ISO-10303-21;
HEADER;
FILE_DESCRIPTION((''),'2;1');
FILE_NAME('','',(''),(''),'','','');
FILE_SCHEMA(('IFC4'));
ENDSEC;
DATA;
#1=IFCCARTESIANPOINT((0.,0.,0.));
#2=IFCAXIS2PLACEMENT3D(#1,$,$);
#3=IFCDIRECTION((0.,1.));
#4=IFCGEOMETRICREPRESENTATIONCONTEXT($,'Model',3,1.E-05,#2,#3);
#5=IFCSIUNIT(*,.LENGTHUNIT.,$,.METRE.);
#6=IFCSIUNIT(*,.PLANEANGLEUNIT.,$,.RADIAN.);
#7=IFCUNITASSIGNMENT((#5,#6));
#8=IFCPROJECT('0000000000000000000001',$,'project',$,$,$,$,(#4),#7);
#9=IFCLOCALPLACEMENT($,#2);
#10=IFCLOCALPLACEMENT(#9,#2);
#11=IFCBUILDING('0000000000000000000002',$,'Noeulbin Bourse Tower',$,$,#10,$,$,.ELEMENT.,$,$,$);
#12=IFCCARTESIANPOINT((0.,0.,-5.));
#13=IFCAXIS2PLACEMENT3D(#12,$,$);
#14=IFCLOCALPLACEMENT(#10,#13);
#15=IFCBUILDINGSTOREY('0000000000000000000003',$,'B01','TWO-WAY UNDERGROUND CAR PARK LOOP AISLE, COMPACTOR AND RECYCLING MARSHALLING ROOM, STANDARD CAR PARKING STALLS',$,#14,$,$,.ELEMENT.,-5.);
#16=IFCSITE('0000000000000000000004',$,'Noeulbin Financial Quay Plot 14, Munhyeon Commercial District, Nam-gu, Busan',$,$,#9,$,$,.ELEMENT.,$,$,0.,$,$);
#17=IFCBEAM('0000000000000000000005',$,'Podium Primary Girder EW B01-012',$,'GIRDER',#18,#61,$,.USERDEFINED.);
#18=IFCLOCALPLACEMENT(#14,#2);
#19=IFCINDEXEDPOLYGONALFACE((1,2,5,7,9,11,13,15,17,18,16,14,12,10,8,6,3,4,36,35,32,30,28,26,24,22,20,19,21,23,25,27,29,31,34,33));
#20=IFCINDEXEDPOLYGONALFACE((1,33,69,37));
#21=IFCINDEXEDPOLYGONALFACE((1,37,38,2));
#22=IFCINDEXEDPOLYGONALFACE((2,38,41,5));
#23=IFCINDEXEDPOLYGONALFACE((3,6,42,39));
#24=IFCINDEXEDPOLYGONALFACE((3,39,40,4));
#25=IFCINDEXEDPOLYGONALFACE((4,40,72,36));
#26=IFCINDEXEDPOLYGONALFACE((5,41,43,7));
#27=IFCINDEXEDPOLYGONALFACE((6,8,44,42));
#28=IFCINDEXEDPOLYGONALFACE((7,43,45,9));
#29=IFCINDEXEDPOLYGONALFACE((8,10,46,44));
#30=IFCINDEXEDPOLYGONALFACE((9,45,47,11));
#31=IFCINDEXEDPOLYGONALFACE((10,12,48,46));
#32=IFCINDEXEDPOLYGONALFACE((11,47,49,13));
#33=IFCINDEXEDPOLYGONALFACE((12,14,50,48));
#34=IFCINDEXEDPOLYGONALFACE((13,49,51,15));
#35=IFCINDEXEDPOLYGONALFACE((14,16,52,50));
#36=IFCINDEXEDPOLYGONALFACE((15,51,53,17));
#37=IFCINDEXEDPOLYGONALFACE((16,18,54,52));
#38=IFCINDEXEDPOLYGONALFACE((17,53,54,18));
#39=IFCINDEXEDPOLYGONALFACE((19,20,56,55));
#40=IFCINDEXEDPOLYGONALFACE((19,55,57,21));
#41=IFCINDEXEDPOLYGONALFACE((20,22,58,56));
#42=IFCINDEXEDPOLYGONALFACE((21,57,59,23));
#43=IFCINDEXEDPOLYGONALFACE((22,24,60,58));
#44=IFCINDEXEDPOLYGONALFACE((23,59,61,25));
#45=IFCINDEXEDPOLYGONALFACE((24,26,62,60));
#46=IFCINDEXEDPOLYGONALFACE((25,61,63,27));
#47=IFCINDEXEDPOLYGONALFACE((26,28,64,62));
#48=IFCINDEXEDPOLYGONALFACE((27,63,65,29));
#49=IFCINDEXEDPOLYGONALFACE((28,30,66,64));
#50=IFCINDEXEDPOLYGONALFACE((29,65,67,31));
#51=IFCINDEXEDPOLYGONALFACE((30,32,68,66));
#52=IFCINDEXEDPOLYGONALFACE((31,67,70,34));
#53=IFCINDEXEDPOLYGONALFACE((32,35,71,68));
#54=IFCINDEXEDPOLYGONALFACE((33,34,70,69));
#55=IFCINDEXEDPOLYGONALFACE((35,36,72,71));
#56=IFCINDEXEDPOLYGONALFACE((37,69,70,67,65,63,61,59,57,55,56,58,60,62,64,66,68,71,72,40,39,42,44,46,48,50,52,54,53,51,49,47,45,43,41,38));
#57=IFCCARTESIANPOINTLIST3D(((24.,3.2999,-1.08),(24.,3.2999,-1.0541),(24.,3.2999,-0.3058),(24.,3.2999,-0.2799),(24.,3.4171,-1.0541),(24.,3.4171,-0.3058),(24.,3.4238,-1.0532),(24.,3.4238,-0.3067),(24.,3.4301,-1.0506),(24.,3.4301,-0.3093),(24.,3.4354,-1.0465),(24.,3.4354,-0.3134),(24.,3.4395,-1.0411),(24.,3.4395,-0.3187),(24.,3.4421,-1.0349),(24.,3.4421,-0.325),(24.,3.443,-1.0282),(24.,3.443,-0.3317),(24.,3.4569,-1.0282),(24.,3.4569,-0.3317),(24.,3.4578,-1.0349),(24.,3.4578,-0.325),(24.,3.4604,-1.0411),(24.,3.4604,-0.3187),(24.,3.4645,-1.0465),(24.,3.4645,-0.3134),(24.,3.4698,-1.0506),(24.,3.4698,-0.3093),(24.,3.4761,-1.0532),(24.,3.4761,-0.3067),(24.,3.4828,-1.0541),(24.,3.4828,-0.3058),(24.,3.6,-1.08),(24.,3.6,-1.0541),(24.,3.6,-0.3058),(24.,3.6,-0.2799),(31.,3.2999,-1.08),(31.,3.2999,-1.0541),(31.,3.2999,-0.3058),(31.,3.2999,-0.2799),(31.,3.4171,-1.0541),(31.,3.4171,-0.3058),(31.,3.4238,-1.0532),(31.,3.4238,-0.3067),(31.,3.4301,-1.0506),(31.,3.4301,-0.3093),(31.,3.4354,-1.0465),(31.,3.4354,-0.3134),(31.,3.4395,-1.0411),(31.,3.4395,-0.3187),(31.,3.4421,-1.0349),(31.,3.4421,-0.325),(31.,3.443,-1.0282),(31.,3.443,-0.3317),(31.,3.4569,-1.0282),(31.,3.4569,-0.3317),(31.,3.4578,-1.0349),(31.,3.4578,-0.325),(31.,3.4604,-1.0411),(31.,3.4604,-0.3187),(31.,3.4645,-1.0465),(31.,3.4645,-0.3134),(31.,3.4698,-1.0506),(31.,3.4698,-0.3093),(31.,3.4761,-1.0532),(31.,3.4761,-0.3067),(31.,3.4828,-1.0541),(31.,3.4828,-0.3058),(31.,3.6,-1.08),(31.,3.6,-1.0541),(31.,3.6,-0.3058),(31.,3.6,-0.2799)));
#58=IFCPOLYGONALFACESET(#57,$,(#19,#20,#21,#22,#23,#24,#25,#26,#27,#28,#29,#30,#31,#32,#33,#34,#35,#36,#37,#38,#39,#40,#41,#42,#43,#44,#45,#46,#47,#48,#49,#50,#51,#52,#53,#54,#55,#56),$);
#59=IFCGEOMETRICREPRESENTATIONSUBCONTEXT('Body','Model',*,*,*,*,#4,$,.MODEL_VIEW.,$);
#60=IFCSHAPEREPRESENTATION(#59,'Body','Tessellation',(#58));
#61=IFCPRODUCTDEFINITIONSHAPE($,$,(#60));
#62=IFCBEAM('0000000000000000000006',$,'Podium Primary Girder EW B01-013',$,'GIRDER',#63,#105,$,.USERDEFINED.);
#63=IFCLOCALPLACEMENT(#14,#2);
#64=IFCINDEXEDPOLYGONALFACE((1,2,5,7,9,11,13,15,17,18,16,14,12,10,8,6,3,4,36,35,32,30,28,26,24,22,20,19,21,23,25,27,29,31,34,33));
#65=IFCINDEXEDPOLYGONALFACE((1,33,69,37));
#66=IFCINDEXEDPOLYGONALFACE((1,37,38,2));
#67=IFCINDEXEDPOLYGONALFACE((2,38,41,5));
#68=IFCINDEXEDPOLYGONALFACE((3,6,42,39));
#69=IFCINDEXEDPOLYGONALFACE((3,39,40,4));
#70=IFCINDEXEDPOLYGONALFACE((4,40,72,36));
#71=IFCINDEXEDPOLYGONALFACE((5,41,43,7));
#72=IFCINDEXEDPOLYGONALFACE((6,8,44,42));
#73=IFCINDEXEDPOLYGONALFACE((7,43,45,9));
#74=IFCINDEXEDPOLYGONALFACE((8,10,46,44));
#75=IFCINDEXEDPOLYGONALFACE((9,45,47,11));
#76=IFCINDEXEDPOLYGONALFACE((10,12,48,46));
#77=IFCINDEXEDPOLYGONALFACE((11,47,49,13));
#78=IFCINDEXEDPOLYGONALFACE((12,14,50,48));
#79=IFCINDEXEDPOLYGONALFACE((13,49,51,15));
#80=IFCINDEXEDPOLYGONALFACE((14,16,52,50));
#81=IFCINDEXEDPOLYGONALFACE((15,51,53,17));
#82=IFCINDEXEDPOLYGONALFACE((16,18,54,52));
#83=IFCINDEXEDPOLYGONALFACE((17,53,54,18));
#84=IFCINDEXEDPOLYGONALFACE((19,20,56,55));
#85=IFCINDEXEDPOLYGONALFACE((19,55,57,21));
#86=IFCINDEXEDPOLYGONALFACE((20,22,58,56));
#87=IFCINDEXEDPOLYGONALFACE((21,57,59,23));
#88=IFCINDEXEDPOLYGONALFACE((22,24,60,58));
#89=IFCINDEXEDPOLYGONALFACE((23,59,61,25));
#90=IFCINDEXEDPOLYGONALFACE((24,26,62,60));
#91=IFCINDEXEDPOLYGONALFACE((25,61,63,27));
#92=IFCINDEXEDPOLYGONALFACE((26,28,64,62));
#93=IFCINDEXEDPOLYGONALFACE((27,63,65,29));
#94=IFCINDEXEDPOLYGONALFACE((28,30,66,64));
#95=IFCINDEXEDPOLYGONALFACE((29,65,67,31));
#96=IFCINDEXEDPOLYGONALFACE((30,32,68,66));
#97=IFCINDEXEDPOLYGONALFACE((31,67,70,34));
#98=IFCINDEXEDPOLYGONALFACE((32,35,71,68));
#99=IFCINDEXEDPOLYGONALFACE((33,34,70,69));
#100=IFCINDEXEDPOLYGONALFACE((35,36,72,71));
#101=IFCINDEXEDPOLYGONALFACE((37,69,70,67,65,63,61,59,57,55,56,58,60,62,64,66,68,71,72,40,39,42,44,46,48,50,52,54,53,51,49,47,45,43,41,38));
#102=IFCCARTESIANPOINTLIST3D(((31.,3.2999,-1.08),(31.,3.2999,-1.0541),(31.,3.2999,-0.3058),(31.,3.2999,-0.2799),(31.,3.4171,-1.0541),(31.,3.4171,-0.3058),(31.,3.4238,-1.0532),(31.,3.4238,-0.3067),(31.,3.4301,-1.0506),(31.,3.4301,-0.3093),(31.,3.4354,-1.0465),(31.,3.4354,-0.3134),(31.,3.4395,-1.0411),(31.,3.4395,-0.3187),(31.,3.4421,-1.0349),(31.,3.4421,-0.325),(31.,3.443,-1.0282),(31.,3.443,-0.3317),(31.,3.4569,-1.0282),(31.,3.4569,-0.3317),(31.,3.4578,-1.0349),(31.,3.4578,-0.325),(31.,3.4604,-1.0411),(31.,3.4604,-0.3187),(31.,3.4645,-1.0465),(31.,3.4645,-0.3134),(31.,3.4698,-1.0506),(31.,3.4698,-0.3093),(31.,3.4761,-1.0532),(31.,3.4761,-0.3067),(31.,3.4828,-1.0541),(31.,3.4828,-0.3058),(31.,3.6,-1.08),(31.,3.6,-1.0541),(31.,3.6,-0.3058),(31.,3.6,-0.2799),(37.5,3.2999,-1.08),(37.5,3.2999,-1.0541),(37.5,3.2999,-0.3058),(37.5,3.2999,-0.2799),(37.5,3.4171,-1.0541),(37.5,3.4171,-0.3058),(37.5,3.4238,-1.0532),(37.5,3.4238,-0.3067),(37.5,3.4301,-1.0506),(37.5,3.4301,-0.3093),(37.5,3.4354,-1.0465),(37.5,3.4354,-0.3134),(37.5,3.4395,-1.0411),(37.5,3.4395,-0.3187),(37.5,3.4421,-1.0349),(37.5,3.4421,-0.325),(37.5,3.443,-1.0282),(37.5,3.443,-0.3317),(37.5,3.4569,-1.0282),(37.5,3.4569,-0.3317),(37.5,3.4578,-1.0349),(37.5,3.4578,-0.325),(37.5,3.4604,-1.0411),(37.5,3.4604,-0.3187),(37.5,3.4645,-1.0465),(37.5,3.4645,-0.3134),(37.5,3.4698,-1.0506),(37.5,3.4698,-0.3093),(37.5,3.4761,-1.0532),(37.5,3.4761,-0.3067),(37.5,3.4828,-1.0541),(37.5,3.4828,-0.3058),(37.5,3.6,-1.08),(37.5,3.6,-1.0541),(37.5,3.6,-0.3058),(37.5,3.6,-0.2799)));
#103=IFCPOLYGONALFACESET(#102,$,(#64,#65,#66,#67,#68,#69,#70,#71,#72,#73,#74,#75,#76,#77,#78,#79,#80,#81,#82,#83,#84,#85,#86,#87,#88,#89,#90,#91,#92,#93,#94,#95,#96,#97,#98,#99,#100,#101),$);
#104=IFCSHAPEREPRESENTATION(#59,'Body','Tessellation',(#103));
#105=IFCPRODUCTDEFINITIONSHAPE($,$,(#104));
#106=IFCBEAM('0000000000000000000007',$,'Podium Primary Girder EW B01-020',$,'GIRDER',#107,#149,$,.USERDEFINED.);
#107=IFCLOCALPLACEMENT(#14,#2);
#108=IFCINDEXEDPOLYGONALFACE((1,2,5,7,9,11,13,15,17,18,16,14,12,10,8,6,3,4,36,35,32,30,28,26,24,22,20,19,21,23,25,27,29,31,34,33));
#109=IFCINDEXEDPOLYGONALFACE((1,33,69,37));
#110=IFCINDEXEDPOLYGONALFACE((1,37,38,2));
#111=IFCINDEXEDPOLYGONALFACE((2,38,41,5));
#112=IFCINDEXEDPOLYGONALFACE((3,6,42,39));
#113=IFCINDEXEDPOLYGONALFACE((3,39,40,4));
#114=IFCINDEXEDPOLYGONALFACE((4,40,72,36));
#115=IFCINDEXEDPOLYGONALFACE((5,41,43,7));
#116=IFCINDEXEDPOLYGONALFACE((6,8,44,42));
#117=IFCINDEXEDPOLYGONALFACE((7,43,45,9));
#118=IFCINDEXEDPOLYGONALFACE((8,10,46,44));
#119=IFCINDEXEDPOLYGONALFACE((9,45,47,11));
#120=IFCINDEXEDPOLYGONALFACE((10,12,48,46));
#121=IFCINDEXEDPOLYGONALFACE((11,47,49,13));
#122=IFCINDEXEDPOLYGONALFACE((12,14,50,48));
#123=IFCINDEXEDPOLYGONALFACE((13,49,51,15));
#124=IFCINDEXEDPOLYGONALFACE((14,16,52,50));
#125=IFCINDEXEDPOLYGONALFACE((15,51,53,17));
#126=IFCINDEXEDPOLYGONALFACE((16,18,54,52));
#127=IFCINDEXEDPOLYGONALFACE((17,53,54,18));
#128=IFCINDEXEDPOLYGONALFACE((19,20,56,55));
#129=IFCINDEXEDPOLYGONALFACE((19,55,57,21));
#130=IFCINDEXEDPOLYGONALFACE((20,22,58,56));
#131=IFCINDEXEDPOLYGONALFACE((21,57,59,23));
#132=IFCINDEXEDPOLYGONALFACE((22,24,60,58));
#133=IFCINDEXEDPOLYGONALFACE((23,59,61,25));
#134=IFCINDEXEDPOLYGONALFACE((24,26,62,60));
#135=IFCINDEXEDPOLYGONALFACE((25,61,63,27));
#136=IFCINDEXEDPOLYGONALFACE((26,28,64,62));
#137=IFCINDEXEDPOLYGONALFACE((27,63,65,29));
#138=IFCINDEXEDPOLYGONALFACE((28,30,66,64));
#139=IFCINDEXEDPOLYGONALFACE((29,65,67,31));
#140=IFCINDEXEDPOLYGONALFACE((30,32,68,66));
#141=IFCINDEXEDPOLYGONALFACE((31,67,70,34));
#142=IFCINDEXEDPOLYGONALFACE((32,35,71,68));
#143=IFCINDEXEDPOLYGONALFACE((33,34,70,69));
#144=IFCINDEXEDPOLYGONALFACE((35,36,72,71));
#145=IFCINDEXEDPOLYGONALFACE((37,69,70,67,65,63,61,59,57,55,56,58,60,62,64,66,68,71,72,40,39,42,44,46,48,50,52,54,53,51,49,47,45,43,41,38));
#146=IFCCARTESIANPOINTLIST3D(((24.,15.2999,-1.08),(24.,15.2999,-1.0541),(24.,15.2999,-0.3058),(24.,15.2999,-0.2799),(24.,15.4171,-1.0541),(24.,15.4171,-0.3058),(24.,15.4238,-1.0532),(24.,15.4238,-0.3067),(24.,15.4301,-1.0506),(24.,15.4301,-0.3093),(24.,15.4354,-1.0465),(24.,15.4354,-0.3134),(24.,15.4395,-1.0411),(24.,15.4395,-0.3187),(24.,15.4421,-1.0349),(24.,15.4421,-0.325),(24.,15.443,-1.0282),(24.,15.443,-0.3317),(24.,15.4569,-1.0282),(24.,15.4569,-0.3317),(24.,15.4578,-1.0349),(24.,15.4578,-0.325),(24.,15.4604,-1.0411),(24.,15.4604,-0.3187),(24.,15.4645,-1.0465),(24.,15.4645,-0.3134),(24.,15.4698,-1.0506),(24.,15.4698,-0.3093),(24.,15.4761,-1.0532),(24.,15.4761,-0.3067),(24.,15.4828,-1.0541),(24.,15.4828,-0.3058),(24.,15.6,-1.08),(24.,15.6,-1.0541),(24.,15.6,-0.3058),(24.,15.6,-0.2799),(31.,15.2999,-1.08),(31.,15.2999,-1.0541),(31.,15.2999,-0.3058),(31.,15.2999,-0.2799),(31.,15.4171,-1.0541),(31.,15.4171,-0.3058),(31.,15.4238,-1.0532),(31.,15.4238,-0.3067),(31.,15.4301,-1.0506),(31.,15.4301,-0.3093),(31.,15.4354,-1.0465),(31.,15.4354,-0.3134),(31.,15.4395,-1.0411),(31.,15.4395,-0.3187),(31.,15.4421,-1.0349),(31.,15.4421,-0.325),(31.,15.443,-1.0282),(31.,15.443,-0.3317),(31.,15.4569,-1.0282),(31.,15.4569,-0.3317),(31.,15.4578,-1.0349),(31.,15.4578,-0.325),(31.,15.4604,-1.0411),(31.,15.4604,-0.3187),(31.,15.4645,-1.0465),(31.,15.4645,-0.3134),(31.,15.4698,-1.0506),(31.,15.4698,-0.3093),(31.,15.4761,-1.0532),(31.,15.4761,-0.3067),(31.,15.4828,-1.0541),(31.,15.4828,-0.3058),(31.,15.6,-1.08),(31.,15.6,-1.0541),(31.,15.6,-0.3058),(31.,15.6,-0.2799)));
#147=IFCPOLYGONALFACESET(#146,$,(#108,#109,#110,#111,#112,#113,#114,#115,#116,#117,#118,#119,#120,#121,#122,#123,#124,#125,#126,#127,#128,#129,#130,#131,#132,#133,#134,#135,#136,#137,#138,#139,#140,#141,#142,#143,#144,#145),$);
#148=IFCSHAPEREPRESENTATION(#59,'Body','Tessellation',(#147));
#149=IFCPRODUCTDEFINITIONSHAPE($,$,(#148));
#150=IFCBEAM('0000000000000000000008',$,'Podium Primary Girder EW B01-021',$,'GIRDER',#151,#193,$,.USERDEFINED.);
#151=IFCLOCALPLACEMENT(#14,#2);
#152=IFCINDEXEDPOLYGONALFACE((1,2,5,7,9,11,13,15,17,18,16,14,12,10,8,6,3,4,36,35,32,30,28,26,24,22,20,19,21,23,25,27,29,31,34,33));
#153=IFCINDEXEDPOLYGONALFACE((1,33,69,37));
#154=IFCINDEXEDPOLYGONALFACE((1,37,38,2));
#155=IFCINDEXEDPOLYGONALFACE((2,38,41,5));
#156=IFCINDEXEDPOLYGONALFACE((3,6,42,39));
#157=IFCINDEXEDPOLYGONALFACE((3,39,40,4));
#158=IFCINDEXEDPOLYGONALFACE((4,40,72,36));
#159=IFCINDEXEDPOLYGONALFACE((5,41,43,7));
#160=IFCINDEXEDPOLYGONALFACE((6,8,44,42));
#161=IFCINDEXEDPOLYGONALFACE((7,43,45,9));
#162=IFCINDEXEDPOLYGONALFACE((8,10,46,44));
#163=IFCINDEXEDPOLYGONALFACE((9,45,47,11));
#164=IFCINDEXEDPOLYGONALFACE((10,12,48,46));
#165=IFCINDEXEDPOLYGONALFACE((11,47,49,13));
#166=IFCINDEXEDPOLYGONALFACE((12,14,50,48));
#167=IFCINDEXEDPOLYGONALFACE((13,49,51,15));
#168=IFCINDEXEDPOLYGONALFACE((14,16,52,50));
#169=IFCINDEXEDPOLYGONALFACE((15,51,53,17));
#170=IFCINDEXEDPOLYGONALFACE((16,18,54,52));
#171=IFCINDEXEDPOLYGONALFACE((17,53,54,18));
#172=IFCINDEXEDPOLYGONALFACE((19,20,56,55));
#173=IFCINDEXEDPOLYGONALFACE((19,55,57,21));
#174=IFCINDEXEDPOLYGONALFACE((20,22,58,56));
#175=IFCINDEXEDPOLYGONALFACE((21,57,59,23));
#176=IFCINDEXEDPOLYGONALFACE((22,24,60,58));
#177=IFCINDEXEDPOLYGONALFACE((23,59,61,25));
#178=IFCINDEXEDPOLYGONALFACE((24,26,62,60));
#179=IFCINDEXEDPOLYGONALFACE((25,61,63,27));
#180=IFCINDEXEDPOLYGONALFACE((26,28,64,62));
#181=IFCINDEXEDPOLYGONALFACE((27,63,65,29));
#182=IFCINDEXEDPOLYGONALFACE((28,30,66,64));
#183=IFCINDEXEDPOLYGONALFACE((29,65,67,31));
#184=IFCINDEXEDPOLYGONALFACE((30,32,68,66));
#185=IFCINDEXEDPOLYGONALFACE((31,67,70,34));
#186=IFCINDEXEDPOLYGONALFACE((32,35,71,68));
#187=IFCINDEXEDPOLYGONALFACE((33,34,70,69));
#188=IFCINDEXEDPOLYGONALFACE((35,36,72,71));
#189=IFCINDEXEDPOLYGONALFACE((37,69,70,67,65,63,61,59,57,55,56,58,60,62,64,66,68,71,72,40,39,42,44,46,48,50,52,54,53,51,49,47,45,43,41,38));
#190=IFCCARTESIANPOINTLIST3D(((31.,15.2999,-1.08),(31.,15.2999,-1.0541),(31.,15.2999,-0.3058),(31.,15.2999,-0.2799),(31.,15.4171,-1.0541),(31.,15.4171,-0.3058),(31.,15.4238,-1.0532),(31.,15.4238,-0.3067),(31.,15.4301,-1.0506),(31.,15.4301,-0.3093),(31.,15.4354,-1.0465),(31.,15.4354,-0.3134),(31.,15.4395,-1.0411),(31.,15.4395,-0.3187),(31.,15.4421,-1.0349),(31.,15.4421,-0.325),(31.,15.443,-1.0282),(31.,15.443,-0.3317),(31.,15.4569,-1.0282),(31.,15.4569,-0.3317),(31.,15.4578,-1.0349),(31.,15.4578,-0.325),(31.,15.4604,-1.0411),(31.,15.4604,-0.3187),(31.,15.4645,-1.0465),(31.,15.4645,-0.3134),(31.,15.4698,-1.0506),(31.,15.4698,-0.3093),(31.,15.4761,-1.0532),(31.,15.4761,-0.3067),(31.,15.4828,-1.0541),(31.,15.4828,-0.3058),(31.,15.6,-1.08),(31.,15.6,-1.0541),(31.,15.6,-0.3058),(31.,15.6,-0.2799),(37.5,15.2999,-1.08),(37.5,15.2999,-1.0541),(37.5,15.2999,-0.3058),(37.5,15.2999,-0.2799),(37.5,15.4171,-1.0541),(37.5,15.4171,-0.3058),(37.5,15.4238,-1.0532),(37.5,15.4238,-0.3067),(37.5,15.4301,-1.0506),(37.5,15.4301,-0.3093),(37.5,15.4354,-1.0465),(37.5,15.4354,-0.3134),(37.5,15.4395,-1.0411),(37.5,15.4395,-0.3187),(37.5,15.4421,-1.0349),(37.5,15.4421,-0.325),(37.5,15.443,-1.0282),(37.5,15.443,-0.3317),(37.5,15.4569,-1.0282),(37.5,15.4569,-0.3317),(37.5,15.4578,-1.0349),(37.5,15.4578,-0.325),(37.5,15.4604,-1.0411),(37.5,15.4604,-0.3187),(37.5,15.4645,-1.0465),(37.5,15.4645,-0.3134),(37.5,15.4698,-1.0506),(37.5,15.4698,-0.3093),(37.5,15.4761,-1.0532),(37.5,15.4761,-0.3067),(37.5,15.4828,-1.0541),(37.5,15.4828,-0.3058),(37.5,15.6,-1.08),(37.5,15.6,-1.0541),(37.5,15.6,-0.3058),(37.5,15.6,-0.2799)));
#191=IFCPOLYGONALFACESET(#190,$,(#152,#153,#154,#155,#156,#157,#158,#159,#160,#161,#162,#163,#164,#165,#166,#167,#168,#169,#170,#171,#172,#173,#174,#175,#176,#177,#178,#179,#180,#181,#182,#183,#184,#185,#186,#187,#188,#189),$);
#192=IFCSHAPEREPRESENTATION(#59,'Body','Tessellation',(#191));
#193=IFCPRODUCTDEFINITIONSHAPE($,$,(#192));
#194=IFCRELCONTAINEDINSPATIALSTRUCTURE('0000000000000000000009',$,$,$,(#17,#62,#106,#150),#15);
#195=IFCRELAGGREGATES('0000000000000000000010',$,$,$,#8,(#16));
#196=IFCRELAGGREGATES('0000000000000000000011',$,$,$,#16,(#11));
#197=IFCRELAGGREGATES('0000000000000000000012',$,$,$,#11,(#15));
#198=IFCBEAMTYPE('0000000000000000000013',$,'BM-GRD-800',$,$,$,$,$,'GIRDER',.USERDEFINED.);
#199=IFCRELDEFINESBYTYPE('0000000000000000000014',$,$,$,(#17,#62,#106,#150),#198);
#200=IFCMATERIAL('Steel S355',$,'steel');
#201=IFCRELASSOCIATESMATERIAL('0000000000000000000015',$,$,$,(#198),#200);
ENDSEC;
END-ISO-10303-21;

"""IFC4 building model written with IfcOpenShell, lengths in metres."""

from ifc_helpers import new_model, si_unit, direction, frame, origin, origin_2d, place, context, subcontext, project, spatial, i_section, extrude, material, material_profile, profile_set, type_object, element, save


model = new_model("IFC4")

# Units and contexts
model_context = context("Model", 3, precision=1e-05, world=origin(), true_north=direction((0.0, 1.0)))
body_context = subcontext(model_context, "Body", "Model", "MODEL_VIEW")
ifc_project = project(units=[si_unit("LENGTHUNIT", "METRE"), si_unit("PLANEANGLEUNIT", "RADIAN")], contexts=[model_context])

# Site, building, storey
site_placement = place(None, origin())
site = spatial("IfcSite", under=ifc_project, at=site_placement, Name="Noeulbin Financial Quay Plot 14, Munhyeon Commercial District, Nam-gu, Busan", CompositionType="ELEMENT", RefElevation=0.0)
building_placement = place(site_placement, origin())
building = spatial("IfcBuilding", under=site, at=building_placement, Name="Noeulbin Bourse Tower", CompositionType="ELEMENT")
storey_placement = place(building_placement, frame((0.0, 0.0, -5.0)))
storey = spatial("IfcBuildingStorey", under=building, at=storey_placement, Name="B01", Description="TWO-WAY UNDERGROUND CAR PARK LOOP AISLE, COMPACTOR AND RECYCLING MARSHALLING ROOM, STANDARD CAR PARKING STALLS", CompositionType="ELEMENT", Elevation=-5.0)

# Beams
ifc_material_1 = material(Name="Steel S355", Category="steel")
ifc_material_profile_1 = material_profile(ifc_material_1, i_section(OverallWidth=0.3, OverallDepth=0.8, WebThickness=0.0139, FlangeThickness=0.0259, FilletRadius=0.0259, at=origin_2d()), Name="H-800x300x14x26", Category="LoadBearing")
ifc_profile_set_1 = profile_set([ifc_material_profile_1], Name="Steel S355")
beam_type_1 = type_object("IfcBeamType", Name="BM-GRD-800", ElementType="GIRDER", PredefinedType="USERDEFINED", material=ifc_profile_set_1)
beam_1_placement = place(storey_placement, frame((24.0, 3.45, -0.6799), z_axis=(1.0, 0.0, 0.0), x_axis=(0.0, 1.0, 0.0)))
element("IfcBeam", 1, at=beam_1_placement, inside=storey, type_object=beam_type_1, Name="Podium Primary Girder EW B01-012", ObjectType="GIRDER", PredefinedType="USERDEFINED", context=body_context, shape_type="SweptSolid", body=[
    extrude(i_section(OverallWidth=0.3, OverallDepth=0.8, WebThickness=0.0139, FlangeThickness=0.0259, FilletRadius=0.0259, at=origin_2d()), origin(), (0.0, 0.0, 1.0), 7.0),
])
beam_2_placement = place(storey_placement, frame((31.0, 3.45, -0.6799), z_axis=(1.0, 0.0, 0.0), x_axis=(0.0, 1.0, 0.0)))
element("IfcBeam", 2, at=beam_2_placement, inside=storey, type_object=beam_type_1, Name="Podium Primary Girder EW B01-013", ObjectType="GIRDER", PredefinedType="USERDEFINED", context=body_context, shape_type="SweptSolid", body=[
    extrude(i_section(OverallWidth=0.3, OverallDepth=0.8, WebThickness=0.0139, FlangeThickness=0.0259, FilletRadius=0.0259, at=origin_2d()), origin(), (0.0, 0.0, 1.0), 6.5),
])
beam_3_placement = place(storey_placement, frame((24.0, 15.45, -0.6799), z_axis=(1.0, 0.0, 0.0), x_axis=(0.0, 1.0, 0.0)))
element("IfcBeam", 3, at=beam_3_placement, inside=storey, type_object=beam_type_1, Name="Podium Primary Girder EW B01-020", ObjectType="GIRDER", PredefinedType="USERDEFINED", context=body_context, shape_type="SweptSolid", body=[
    extrude(i_section(OverallWidth=0.3, OverallDepth=0.8, WebThickness=0.0139, FlangeThickness=0.0259, FilletRadius=0.0259, at=origin_2d()), origin(), (0.0, 0.0, 1.0), 7.0),
])
beam_4_placement = place(storey_placement, frame((31.0, 15.45, -0.6799), z_axis=(1.0, 0.0, 0.0), x_axis=(0.0, 1.0, 0.0)))
element("IfcBeam", 4, at=beam_4_placement, inside=storey, type_object=beam_type_1, Name="Podium Primary Girder EW B01-021", ObjectType="GIRDER", PredefinedType="USERDEFINED", context=body_context, shape_type="SweptSolid", body=[
    extrude(i_section(OverallWidth=0.3, OverallDepth=0.8, WebThickness=0.0139, FlangeThickness=0.0259, FilletRadius=0.0259, at=origin_2d()), origin(), (0.0, 0.0, 1.0), 6.5),
])

save(model, "model.ifc")
